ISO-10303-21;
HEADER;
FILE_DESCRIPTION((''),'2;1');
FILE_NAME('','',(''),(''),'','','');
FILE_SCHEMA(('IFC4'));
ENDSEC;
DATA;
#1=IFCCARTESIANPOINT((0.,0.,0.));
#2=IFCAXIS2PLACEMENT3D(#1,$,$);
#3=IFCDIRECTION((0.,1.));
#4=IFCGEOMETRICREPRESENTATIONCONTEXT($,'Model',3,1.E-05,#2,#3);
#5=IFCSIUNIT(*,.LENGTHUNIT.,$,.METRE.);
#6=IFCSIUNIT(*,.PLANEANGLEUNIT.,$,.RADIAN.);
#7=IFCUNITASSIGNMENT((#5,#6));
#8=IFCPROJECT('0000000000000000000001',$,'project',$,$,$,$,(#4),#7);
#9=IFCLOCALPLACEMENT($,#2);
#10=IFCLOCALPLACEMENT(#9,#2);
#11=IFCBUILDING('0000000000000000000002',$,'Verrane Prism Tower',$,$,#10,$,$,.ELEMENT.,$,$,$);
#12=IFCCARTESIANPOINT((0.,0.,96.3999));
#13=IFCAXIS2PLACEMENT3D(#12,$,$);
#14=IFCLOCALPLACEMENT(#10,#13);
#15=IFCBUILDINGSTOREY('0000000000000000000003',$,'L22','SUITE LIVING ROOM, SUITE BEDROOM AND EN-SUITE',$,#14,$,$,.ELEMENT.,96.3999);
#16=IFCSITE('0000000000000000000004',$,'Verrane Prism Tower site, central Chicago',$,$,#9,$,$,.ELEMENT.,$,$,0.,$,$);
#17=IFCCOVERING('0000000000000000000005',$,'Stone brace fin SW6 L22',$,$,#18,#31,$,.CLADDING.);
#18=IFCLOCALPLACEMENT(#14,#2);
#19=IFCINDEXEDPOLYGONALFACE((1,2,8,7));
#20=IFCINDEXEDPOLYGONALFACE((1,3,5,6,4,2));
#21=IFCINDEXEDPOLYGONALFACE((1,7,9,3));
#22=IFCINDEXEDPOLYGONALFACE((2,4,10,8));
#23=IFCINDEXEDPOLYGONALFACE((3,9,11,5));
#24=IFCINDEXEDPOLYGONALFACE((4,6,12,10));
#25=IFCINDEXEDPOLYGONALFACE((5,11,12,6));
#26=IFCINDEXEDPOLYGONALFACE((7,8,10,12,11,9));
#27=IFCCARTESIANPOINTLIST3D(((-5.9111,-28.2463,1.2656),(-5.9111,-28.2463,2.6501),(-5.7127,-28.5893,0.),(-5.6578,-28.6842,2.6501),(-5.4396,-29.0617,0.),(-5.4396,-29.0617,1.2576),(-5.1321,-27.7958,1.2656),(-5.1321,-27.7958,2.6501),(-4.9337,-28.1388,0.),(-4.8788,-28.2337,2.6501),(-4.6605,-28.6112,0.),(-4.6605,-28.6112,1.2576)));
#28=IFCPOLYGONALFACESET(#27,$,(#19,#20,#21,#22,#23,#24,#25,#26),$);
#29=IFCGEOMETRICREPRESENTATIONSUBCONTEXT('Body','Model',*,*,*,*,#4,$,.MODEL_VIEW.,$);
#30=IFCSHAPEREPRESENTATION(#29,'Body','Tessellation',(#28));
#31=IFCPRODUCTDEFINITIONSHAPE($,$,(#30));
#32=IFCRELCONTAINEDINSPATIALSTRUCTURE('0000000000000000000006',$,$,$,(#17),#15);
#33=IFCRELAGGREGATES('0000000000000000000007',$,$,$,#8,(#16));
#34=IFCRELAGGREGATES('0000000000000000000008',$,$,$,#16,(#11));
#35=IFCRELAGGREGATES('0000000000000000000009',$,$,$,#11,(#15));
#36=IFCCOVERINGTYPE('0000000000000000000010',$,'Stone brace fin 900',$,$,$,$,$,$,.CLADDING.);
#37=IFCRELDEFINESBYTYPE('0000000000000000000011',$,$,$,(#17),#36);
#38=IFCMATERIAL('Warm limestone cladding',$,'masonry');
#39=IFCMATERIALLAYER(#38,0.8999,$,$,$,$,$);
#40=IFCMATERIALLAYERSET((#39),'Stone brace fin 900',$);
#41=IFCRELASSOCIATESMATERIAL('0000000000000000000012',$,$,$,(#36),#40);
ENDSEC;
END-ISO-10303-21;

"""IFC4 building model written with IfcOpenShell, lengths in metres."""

from ifc_helpers import new_model, si_unit, direction, frame, origin, place, context, subcontext, project, spatial, polyline, outline, extrude, material, layer, layer_set, type_object, element, save


model = new_model("IFC4")

# Units and contexts
model_context = context("Model", 3, precision=1e-05, world=origin(), true_north=direction((0.0, 1.0)))
body_context = subcontext(model_context, "Body", "Model", "MODEL_VIEW")
ifc_project = project(units=[si_unit("LENGTHUNIT", "METRE"), si_unit("PLANEANGLEUNIT", "RADIAN")], contexts=[model_context])

# Site, building, storey
site_placement = place(None, origin())
site = spatial("IfcSite", under=ifc_project, at=site_placement, Name="Verrane Prism Tower site, central Chicago", CompositionType="ELEMENT", RefElevation=0.0)
building_placement = place(site_placement, origin())
building = spatial("IfcBuilding", under=site, at=building_placement, Name="Verrane Prism Tower", CompositionType="ELEMENT")
storey_placement = place(building_placement, frame((0.0, 0.0, 96.3999)))
storey = spatial("IfcBuildingStorey", under=building, at=storey_placement, Name="L22", Description="SUITE LIVING ROOM, SUITE BEDROOM AND EN-SUITE", CompositionType="ELEMENT", Elevation=96.3999)

# Covering
ifc_material_1 = material(Name="Warm limestone cladding", Category="masonry")
ifc_layer_1 = layer(ifc_material_1, 0.8999)
ifc_layer_set_1 = layer_set([ifc_layer_1], Name="Stone brace fin 900")
covering_type = type_object("IfcCoveringType", Name="Stone brace fin 900", PredefinedType="CLADDING", material=ifc_layer_set_1)
covering_placement = place(storey_placement, frame((-5.05, -28.8364, 0.0), z_axis=(0.0, 0.0, 1.0), x_axis=(-0.500627, 0.865663, 0.0)))
element("IfcCovering", 1, at=covering_placement, inside=storey, type_object=covering_type, Name="Stone brace fin SW6 L22", PredefinedType="CLADDING", context=body_context, shape_type="SweptSolid", body=[
    extrude(outline(polyline([(0.9419, 2.6501), (0.436, 2.6501), (0.0, 1.2576), (0.0, 0.0), (0.5457, 0.0), (0.9419, 1.2656), (0.9419, 2.6501)])), frame((0.0, 0.45, 0.0), z_axis=(0.0, -1.0, 0.0), x_axis=(1.0, 0.0, 0.0)), (0.0, 0.0, 1.0), 0.8999),
])

save(model, "model.ifc")
